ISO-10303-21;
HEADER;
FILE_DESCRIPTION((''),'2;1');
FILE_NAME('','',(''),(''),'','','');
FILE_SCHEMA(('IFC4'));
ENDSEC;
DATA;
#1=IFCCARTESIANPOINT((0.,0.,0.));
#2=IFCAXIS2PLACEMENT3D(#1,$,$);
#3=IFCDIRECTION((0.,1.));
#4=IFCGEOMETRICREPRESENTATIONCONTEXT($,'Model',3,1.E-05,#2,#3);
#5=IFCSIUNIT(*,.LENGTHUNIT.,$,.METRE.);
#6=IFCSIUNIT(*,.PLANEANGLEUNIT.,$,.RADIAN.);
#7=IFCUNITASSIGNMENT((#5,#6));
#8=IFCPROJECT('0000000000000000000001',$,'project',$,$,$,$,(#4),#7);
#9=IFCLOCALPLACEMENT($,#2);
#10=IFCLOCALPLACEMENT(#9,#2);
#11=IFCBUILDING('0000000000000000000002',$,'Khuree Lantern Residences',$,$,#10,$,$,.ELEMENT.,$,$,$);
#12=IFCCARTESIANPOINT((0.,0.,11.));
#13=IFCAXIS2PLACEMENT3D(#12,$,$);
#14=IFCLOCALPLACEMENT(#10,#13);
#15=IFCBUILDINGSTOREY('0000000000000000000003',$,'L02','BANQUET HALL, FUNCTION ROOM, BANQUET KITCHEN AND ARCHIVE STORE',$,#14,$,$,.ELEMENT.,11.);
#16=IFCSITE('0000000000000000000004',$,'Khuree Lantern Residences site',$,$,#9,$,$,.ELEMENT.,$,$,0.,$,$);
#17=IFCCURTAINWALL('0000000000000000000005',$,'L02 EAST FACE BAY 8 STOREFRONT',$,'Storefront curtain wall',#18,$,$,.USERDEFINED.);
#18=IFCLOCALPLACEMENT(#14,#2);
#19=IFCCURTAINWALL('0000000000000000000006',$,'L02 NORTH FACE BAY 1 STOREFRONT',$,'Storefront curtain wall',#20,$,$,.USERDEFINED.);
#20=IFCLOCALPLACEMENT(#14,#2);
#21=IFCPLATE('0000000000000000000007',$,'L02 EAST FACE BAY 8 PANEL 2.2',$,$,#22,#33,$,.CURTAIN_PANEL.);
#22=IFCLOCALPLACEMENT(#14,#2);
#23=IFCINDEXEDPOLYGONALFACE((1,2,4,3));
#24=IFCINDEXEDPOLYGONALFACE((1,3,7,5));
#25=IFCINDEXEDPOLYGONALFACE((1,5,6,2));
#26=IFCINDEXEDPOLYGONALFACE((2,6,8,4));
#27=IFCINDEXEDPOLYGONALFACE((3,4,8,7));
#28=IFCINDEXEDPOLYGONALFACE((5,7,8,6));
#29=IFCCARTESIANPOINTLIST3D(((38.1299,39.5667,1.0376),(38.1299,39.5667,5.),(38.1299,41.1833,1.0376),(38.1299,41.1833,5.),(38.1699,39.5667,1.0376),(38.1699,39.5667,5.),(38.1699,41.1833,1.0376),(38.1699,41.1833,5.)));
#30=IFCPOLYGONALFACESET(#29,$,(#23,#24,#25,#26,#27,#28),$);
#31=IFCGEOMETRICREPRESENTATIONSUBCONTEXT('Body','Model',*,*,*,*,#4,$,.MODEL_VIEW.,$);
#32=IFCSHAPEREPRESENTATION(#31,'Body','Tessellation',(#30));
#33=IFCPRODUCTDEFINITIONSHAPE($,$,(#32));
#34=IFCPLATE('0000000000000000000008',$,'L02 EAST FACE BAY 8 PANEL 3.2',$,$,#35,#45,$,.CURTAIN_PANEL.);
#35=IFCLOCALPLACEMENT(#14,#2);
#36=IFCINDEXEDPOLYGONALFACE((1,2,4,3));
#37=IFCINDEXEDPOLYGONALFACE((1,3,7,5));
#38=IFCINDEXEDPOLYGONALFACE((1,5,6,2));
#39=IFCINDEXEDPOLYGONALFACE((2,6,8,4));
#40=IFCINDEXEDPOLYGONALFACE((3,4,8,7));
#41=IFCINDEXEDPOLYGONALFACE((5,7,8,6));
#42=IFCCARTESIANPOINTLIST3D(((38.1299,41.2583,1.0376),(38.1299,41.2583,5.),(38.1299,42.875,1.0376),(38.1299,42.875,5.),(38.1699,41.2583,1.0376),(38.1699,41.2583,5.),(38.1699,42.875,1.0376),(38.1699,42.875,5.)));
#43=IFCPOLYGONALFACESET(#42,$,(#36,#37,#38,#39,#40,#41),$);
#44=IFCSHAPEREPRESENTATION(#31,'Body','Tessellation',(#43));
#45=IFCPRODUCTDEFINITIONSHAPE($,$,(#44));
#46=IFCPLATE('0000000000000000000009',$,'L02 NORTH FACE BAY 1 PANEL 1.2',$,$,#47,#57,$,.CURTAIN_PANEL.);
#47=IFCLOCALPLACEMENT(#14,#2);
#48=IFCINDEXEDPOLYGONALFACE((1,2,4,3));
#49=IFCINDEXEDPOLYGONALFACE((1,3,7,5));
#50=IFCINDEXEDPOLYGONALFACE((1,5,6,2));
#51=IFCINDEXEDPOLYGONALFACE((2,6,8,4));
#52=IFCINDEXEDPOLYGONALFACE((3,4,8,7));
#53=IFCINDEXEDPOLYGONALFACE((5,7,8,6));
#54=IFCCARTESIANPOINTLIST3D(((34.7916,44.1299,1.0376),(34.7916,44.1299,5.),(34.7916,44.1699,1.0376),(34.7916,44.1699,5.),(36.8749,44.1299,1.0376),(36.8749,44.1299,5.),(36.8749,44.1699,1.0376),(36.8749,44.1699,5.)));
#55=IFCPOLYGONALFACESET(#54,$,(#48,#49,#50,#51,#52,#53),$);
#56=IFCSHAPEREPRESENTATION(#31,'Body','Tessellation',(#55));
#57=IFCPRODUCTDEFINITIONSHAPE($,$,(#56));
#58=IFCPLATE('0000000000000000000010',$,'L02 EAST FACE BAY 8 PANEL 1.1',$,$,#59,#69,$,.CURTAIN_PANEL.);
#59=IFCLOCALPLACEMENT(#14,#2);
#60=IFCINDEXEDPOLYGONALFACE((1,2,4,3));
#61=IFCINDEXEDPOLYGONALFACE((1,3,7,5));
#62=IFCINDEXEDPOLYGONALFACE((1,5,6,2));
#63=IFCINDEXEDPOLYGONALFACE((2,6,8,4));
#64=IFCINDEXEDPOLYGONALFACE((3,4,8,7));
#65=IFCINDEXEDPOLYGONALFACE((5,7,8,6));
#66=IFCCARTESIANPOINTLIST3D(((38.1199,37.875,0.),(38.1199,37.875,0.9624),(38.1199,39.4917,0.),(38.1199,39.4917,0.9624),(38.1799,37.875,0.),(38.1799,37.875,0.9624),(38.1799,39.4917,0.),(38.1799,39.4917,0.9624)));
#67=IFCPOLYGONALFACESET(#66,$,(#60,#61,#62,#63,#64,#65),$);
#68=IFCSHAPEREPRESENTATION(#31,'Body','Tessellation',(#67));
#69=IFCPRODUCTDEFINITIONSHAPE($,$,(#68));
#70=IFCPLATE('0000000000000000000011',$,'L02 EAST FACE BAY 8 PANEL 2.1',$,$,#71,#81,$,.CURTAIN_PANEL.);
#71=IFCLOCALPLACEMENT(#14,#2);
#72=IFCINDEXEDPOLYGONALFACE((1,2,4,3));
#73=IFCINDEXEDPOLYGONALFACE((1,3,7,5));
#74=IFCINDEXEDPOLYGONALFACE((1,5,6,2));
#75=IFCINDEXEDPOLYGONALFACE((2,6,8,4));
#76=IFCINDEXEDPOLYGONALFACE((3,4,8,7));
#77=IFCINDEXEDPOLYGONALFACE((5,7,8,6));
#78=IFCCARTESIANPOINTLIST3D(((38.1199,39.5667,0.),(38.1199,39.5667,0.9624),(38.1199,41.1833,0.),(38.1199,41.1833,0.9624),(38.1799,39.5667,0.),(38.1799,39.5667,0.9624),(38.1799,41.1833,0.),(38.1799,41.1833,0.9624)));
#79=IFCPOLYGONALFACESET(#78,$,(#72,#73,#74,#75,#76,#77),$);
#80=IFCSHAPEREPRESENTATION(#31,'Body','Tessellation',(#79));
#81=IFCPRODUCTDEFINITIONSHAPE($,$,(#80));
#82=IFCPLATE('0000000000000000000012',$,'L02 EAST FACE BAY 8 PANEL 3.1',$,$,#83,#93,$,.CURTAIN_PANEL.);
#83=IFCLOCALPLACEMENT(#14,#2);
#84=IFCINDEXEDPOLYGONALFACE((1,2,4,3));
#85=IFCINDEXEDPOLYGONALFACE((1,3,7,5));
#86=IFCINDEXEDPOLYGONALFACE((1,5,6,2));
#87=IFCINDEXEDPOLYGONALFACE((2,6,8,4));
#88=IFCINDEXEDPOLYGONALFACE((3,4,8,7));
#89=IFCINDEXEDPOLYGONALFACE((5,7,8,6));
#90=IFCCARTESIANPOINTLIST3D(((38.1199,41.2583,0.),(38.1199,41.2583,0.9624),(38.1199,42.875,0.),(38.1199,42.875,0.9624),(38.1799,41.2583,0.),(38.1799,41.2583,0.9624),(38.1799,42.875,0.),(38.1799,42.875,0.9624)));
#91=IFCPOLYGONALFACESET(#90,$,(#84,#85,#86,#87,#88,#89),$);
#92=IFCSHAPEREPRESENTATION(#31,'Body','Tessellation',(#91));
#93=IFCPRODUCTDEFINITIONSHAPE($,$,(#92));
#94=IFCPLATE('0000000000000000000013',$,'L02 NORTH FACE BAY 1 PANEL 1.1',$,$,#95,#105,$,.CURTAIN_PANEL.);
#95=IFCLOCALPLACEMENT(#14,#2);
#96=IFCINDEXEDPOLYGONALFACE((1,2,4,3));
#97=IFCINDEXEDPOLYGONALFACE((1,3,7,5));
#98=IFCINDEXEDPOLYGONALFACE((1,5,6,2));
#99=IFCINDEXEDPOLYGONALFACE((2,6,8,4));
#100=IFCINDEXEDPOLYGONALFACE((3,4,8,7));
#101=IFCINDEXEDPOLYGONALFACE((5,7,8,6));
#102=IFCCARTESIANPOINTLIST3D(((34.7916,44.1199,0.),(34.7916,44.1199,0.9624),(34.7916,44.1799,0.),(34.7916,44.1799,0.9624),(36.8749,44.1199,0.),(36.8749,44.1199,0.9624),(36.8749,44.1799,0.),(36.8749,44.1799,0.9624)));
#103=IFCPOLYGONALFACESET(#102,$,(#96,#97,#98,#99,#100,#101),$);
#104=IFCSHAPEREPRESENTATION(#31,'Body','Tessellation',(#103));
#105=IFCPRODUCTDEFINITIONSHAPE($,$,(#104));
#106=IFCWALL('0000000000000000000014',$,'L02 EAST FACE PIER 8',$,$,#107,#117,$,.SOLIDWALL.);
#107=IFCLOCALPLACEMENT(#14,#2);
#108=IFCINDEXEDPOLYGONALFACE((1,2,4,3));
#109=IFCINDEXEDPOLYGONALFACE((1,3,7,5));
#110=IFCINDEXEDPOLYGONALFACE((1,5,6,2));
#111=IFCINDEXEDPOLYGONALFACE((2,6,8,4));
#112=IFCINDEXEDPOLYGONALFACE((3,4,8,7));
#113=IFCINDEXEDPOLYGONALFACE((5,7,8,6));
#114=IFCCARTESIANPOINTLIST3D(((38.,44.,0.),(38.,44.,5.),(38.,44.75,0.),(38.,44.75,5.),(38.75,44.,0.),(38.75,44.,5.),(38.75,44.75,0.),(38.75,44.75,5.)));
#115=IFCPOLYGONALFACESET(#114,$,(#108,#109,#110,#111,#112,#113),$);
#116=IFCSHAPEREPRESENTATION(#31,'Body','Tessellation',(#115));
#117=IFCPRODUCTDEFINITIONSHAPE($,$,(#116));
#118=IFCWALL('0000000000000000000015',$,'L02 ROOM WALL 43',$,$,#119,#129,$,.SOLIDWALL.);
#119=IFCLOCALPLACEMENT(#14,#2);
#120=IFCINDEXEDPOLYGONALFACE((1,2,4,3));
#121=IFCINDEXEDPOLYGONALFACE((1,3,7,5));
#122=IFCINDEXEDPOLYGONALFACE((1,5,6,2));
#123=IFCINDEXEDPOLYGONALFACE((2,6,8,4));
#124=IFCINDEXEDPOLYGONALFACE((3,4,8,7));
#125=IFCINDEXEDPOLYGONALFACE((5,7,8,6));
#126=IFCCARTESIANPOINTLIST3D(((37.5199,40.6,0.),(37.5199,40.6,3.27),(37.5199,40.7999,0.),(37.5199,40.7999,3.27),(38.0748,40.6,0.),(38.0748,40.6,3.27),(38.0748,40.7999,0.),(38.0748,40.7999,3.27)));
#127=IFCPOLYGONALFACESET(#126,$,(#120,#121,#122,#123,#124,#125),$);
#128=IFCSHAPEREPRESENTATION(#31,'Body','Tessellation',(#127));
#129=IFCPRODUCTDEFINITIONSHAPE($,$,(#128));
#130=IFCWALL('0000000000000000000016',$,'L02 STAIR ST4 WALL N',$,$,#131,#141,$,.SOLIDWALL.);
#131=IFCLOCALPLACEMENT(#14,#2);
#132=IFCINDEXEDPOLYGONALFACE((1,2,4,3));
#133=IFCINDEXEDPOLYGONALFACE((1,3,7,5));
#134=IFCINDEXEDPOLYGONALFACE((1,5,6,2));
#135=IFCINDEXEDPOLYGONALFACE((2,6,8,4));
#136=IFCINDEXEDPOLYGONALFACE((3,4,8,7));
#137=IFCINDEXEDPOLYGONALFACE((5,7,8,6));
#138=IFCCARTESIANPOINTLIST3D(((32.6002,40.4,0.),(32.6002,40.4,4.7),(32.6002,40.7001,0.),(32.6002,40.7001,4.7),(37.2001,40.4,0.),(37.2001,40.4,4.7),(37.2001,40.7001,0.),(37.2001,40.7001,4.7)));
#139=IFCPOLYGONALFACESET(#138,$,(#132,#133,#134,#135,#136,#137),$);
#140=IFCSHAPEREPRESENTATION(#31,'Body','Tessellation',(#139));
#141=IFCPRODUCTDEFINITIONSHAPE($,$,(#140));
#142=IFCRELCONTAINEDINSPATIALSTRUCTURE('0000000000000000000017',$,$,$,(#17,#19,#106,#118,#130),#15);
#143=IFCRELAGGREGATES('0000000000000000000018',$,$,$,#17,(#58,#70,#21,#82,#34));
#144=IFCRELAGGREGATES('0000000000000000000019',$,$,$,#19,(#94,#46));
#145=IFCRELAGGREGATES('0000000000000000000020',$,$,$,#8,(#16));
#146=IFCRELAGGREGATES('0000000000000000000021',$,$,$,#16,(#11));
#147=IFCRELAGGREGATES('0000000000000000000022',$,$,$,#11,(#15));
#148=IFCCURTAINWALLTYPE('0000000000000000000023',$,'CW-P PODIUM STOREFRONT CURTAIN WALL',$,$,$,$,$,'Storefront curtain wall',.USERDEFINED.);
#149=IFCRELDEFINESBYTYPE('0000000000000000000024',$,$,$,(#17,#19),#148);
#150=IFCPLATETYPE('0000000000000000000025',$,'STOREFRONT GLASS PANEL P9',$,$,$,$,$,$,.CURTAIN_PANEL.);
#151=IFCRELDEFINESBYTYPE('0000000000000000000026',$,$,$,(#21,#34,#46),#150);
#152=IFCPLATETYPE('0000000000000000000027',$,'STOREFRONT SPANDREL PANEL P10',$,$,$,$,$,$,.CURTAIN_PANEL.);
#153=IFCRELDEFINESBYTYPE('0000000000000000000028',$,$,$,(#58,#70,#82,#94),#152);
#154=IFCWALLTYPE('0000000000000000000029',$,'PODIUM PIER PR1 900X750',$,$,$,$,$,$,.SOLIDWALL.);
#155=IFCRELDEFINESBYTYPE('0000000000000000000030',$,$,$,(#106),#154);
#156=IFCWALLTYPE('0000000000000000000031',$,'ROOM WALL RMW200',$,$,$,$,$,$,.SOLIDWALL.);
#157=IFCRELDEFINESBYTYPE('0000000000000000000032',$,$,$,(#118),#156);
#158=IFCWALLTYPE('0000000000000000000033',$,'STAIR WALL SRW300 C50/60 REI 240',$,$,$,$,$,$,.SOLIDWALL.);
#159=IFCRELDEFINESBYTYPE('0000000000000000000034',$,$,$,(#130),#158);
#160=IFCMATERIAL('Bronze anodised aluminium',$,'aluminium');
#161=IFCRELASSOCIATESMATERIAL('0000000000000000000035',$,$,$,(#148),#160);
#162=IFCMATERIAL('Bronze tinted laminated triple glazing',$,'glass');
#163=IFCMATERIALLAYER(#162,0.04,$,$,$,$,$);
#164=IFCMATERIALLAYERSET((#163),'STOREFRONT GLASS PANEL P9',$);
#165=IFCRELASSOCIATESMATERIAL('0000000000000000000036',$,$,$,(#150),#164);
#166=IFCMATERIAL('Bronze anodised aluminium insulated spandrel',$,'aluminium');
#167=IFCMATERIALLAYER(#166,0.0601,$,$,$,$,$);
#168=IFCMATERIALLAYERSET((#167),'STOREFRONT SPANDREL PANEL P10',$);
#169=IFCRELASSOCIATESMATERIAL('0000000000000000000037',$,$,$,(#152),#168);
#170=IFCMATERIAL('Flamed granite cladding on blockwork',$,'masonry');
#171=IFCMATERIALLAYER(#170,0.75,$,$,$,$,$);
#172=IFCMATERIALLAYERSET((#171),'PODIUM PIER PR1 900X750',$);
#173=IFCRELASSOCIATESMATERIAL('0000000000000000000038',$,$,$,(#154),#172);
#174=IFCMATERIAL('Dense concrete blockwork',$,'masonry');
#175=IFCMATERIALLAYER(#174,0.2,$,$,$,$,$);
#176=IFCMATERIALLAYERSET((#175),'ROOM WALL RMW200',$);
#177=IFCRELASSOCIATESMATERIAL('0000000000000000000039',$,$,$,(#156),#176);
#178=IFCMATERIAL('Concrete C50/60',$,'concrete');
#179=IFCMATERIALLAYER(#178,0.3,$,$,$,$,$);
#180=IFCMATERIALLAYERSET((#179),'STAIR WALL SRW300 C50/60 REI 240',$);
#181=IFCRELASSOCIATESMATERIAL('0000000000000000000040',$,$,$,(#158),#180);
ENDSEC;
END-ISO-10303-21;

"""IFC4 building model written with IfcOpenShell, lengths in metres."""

from ifc_helpers import new_model, si_unit, direction, frame, frame_2d, origin, origin_2d, place, context, subcontext, project, spatial, rectangle, extrude, material, layer, layer_set, type_object, element, aggregate, save


model = new_model("IFC4")

# Units and contexts
model_context = context("Model", 3, precision=1e-05, world=origin(), true_north=direction((0.0, 1.0)))
body_context = subcontext(model_context, "Body", "Model", "MODEL_VIEW")
ifc_project = project(units=[si_unit("LENGTHUNIT", "METRE"), si_unit("PLANEANGLEUNIT", "RADIAN")], contexts=[model_context])

# Site, building, storey
site_placement = place(None, origin())
site = spatial("IfcSite", under=ifc_project, at=site_placement, Name="Khuree Lantern Residences site", CompositionType="ELEMENT", RefElevation=0.0)
building_placement = place(site_placement, origin())
building = spatial("IfcBuilding", under=site, at=building_placement, Name="Khuree Lantern Residences", CompositionType="ELEMENT")
storey_placement = place(building_placement, frame((0.0, 0.0, 11.0)))
storey = spatial("IfcBuildingStorey", under=building, at=storey_placement, Name="L02", Description="BANQUET HALL, FUNCTION ROOM, BANQUET KITCHEN AND ARCHIVE STORE", CompositionType="ELEMENT", Elevation=11.0)

# Curtain walls
ifc_material_1 = material(Name="Bronze anodised aluminium", Category="aluminium")
curtain_wall_type = type_object("IfcCurtainWallType", Name="CW-P PODIUM STOREFRONT CURTAIN WALL", ElementType="Storefront curtain wall", PredefinedType="USERDEFINED", material=ifc_material_1)
curtain_wall_1_placement = place(storey_placement, origin())
curtain_wall_1 = element("IfcCurtainWall", 1, at=curtain_wall_1_placement, inside=storey, type_object=curtain_wall_type, Name="L02 EAST FACE BAY 8 STOREFRONT", ObjectType="Storefront curtain wall", PredefinedType="USERDEFINED")
curtain_wall_2_placement = place(storey_placement, origin())
curtain_wall_2 = element("IfcCurtainWall", 2, at=curtain_wall_2_placement, inside=storey, type_object=curtain_wall_type, Name="L02 NORTH FACE BAY 1 STOREFRONT", ObjectType="Storefront curtain wall", PredefinedType="USERDEFINED")

# Plates
ifc_material_2 = material(Name="Bronze tinted laminated triple glazing", Category="glass")
ifc_layer_1 = layer(ifc_material_2, 0.04)
ifc_layer_set_1 = layer_set([ifc_layer_1], Name="STOREFRONT GLASS PANEL P9")
plate_type_1 = type_object("IfcPlateType", Name="STOREFRONT GLASS PANEL P9", PredefinedType="CURTAIN_PANEL", material=ifc_layer_set_1)
plate_1_placement = place(storey_placement, frame((38.1499, 40.375, 1.0376), z_axis=(0.0, 0.0, 1.0), x_axis=(0.0, 1.0, 0.0)))
plate_1 = element("IfcPlate", 3, at=plate_1_placement, type_object=plate_type_1, Name="L02 EAST FACE BAY 8 PANEL 2.2", PredefinedType="CURTAIN_PANEL", context=body_context, shape_type="SweptSolid", body=[
    extrude(rectangle(XDim=1.6167, YDim=0.04, at=origin_2d()), origin(), (0.0, 0.0, 1.0), 3.9624),
])
plate_2_placement = place(storey_placement, frame((38.1499, 42.0667, 1.0376), z_axis=(0.0, 0.0, 1.0), x_axis=(0.0, 1.0, 0.0)))
plate_2 = element("IfcPlate", 4, at=plate_2_placement, type_object=plate_type_1, Name="L02 EAST FACE BAY 8 PANEL 3.2", PredefinedType="CURTAIN_PANEL", context=body_context, shape_type="SweptSolid", body=[
    extrude(rectangle(XDim=1.6167, YDim=0.04, at=origin_2d()), origin(), (0.0, 0.0, 1.0), 3.9624),
])
plate_3_placement = place(storey_placement, frame((35.8333, 44.1499, 1.0376), z_axis=(0.0, 0.0, 1.0), x_axis=(-1.0, 0.0, 0.0)))
plate_3 = element("IfcPlate", 5, at=plate_3_placement, type_object=plate_type_1, Name="L02 NORTH FACE BAY 1 PANEL 1.2", PredefinedType="CURTAIN_PANEL", context=body_context, shape_type="SweptSolid", body=[
    extrude(rectangle(XDim=2.0833, YDim=0.04, at=origin_2d()), origin(), (0.0, 0.0, 1.0), 3.9624),
])
ifc_material_3 = material(Name="Bronze anodised aluminium insulated spandrel", Category="aluminium")
ifc_layer_2 = layer(ifc_material_3, 0.0601)
ifc_layer_set_2 = layer_set([ifc_layer_2], Name="STOREFRONT SPANDREL PANEL P10")
plate_type_2 = type_object("IfcPlateType", Name="STOREFRONT SPANDREL PANEL P10", PredefinedType="CURTAIN_PANEL", material=ifc_layer_set_2)
plate_4_placement = place(storey_placement, frame((38.1499, 38.6833, 0.0), z_axis=(0.0, 0.0, 1.0), x_axis=(0.0, 1.0, 0.0)))
plate_4 = element("IfcPlate", 6, at=plate_4_placement, type_object=plate_type_2, Name="L02 EAST FACE BAY 8 PANEL 1.1", PredefinedType="CURTAIN_PANEL", context=body_context, shape_type="SweptSolid", body=[
    extrude(rectangle(XDim=1.6167, YDim=0.0601, at=origin_2d()), origin(), (0.0, 0.0, 1.0), 0.9624),
])
plate_5_placement = place(storey_placement, frame((38.1499, 40.375, 0.0), z_axis=(0.0, 0.0, 1.0), x_axis=(0.0, 1.0, 0.0)))
plate_5 = element("IfcPlate", 7, at=plate_5_placement, type_object=plate_type_2, Name="L02 EAST FACE BAY 8 PANEL 2.1", PredefinedType="CURTAIN_PANEL", context=body_context, shape_type="SweptSolid", body=[
    extrude(rectangle(XDim=1.6167, YDim=0.0601, at=origin_2d()), origin(), (0.0, 0.0, 1.0), 0.9624),
])
plate_6_placement = place(storey_placement, frame((38.1499, 42.0667, 0.0), z_axis=(0.0, 0.0, 1.0), x_axis=(0.0, 1.0, 0.0)))
plate_6 = element("IfcPlate", 8, at=plate_6_placement, type_object=plate_type_2, Name="L02 EAST FACE BAY 8 PANEL 3.1", PredefinedType="CURTAIN_PANEL", context=body_context, shape_type="SweptSolid", body=[
    extrude(rectangle(XDim=1.6167, YDim=0.0601, at=origin_2d()), origin(), (0.0, 0.0, 1.0), 0.9624),
])
aggregate(curtain_wall_1, [plate_4, plate_5, plate_1, plate_6, plate_2])
plate_7_placement = place(storey_placement, frame((35.8333, 44.1499, 0.0), z_axis=(0.0, 0.0, 1.0), x_axis=(-1.0, 0.0, 0.0)))
plate_7 = element("IfcPlate", 9, at=plate_7_placement, type_object=plate_type_2, Name="L02 NORTH FACE BAY 1 PANEL 1.1", PredefinedType="CURTAIN_PANEL", context=body_context, shape_type="SweptSolid", body=[
    extrude(rectangle(XDim=2.0833, YDim=0.0601, at=origin_2d()), origin(), (0.0, 0.0, 1.0), 0.9624),
])
aggregate(curtain_wall_2, [plate_7, plate_3])

# Walls
ifc_material_4 = material(Name="Flamed granite cladding on blockwork", Category="masonry")
ifc_layer_3 = layer(ifc_material_4, 0.75)
ifc_layer_set_3 = layer_set([ifc_layer_3], Name="PODIUM PIER PR1 900X750")
wall_type_1 = type_object("IfcWallType", Name="PODIUM PIER PR1 900X750", PredefinedType="SOLIDWALL", material=ifc_layer_set_3)
wall_1_placement = place(storey_placement, frame((38.375, 44.0, 0.0), z_axis=(0.0, 0.0, 1.0), x_axis=(0.0, 1.0, 0.0)))
element("IfcWall", 10, at=wall_1_placement, inside=storey, type_object=wall_type_1, Name="L02 EAST FACE PIER 8", PredefinedType="SOLIDWALL", context=body_context, shape_type="SweptSolid", body=[
    extrude(rectangle(XDim=0.75, YDim=0.75, at=frame_2d((0.375, 0.0))), origin(), (0.0, 0.0, 1.0), 5.0),
])
ifc_material_5 = material(Name="Dense concrete blockwork", Category="masonry")
ifc_layer_4 = layer(ifc_material_5, 0.2)
ifc_layer_set_4 = layer_set([ifc_layer_4], Name="ROOM WALL RMW200")
wall_type_2 = type_object("IfcWallType", Name="ROOM WALL RMW200", PredefinedType="SOLIDWALL", material=ifc_layer_set_4)
wall_2_placement = place(storey_placement, frame((37.52, 40.7, 0.0), z_axis=(0.0, 0.0, 1.0), x_axis=(1.0, 0.0, 0.0)))
element("IfcWall", 11, at=wall_2_placement, inside=storey, type_object=wall_type_2, Name="L02 ROOM WALL 43", PredefinedType="SOLIDWALL", context=body_context, shape_type="SweptSolid", body=[
    extrude(rectangle(XDim=0.5549, YDim=0.2, at=frame_2d((0.2773, 0.0))), origin(), (0.0, 0.0, 1.0), 3.27),
])
ifc_material_6 = material(Name="Concrete C50/60", Category="concrete")
ifc_layer_5 = layer(ifc_material_6, 0.3)
ifc_layer_set_5 = layer_set([ifc_layer_5], Name="STAIR WALL SRW300 C50/60 REI 240")
wall_type_3 = type_object("IfcWallType", Name="STAIR WALL SRW300 C50/60 REI 240", PredefinedType="SOLIDWALL", material=ifc_layer_set_5)
wall_3_placement = place(storey_placement, frame((37.2, 40.55, 0.0), z_axis=(0.0, 0.0, 1.0), x_axis=(-1.0, 0.0, 0.0)))
element("IfcWall", 12, at=wall_3_placement, inside=storey, type_object=wall_type_3, Name="L02 STAIR ST4 WALL N", PredefinedType="SOLIDWALL", context=body_context, shape_type="SweptSolid", body=[
    extrude(rectangle(XDim=4.5999, YDim=0.3, at=frame_2d((2.2998, 0.0))), origin(), (0.0, 0.0, 1.0), 4.7),
])

save(model, "model.ifc")
